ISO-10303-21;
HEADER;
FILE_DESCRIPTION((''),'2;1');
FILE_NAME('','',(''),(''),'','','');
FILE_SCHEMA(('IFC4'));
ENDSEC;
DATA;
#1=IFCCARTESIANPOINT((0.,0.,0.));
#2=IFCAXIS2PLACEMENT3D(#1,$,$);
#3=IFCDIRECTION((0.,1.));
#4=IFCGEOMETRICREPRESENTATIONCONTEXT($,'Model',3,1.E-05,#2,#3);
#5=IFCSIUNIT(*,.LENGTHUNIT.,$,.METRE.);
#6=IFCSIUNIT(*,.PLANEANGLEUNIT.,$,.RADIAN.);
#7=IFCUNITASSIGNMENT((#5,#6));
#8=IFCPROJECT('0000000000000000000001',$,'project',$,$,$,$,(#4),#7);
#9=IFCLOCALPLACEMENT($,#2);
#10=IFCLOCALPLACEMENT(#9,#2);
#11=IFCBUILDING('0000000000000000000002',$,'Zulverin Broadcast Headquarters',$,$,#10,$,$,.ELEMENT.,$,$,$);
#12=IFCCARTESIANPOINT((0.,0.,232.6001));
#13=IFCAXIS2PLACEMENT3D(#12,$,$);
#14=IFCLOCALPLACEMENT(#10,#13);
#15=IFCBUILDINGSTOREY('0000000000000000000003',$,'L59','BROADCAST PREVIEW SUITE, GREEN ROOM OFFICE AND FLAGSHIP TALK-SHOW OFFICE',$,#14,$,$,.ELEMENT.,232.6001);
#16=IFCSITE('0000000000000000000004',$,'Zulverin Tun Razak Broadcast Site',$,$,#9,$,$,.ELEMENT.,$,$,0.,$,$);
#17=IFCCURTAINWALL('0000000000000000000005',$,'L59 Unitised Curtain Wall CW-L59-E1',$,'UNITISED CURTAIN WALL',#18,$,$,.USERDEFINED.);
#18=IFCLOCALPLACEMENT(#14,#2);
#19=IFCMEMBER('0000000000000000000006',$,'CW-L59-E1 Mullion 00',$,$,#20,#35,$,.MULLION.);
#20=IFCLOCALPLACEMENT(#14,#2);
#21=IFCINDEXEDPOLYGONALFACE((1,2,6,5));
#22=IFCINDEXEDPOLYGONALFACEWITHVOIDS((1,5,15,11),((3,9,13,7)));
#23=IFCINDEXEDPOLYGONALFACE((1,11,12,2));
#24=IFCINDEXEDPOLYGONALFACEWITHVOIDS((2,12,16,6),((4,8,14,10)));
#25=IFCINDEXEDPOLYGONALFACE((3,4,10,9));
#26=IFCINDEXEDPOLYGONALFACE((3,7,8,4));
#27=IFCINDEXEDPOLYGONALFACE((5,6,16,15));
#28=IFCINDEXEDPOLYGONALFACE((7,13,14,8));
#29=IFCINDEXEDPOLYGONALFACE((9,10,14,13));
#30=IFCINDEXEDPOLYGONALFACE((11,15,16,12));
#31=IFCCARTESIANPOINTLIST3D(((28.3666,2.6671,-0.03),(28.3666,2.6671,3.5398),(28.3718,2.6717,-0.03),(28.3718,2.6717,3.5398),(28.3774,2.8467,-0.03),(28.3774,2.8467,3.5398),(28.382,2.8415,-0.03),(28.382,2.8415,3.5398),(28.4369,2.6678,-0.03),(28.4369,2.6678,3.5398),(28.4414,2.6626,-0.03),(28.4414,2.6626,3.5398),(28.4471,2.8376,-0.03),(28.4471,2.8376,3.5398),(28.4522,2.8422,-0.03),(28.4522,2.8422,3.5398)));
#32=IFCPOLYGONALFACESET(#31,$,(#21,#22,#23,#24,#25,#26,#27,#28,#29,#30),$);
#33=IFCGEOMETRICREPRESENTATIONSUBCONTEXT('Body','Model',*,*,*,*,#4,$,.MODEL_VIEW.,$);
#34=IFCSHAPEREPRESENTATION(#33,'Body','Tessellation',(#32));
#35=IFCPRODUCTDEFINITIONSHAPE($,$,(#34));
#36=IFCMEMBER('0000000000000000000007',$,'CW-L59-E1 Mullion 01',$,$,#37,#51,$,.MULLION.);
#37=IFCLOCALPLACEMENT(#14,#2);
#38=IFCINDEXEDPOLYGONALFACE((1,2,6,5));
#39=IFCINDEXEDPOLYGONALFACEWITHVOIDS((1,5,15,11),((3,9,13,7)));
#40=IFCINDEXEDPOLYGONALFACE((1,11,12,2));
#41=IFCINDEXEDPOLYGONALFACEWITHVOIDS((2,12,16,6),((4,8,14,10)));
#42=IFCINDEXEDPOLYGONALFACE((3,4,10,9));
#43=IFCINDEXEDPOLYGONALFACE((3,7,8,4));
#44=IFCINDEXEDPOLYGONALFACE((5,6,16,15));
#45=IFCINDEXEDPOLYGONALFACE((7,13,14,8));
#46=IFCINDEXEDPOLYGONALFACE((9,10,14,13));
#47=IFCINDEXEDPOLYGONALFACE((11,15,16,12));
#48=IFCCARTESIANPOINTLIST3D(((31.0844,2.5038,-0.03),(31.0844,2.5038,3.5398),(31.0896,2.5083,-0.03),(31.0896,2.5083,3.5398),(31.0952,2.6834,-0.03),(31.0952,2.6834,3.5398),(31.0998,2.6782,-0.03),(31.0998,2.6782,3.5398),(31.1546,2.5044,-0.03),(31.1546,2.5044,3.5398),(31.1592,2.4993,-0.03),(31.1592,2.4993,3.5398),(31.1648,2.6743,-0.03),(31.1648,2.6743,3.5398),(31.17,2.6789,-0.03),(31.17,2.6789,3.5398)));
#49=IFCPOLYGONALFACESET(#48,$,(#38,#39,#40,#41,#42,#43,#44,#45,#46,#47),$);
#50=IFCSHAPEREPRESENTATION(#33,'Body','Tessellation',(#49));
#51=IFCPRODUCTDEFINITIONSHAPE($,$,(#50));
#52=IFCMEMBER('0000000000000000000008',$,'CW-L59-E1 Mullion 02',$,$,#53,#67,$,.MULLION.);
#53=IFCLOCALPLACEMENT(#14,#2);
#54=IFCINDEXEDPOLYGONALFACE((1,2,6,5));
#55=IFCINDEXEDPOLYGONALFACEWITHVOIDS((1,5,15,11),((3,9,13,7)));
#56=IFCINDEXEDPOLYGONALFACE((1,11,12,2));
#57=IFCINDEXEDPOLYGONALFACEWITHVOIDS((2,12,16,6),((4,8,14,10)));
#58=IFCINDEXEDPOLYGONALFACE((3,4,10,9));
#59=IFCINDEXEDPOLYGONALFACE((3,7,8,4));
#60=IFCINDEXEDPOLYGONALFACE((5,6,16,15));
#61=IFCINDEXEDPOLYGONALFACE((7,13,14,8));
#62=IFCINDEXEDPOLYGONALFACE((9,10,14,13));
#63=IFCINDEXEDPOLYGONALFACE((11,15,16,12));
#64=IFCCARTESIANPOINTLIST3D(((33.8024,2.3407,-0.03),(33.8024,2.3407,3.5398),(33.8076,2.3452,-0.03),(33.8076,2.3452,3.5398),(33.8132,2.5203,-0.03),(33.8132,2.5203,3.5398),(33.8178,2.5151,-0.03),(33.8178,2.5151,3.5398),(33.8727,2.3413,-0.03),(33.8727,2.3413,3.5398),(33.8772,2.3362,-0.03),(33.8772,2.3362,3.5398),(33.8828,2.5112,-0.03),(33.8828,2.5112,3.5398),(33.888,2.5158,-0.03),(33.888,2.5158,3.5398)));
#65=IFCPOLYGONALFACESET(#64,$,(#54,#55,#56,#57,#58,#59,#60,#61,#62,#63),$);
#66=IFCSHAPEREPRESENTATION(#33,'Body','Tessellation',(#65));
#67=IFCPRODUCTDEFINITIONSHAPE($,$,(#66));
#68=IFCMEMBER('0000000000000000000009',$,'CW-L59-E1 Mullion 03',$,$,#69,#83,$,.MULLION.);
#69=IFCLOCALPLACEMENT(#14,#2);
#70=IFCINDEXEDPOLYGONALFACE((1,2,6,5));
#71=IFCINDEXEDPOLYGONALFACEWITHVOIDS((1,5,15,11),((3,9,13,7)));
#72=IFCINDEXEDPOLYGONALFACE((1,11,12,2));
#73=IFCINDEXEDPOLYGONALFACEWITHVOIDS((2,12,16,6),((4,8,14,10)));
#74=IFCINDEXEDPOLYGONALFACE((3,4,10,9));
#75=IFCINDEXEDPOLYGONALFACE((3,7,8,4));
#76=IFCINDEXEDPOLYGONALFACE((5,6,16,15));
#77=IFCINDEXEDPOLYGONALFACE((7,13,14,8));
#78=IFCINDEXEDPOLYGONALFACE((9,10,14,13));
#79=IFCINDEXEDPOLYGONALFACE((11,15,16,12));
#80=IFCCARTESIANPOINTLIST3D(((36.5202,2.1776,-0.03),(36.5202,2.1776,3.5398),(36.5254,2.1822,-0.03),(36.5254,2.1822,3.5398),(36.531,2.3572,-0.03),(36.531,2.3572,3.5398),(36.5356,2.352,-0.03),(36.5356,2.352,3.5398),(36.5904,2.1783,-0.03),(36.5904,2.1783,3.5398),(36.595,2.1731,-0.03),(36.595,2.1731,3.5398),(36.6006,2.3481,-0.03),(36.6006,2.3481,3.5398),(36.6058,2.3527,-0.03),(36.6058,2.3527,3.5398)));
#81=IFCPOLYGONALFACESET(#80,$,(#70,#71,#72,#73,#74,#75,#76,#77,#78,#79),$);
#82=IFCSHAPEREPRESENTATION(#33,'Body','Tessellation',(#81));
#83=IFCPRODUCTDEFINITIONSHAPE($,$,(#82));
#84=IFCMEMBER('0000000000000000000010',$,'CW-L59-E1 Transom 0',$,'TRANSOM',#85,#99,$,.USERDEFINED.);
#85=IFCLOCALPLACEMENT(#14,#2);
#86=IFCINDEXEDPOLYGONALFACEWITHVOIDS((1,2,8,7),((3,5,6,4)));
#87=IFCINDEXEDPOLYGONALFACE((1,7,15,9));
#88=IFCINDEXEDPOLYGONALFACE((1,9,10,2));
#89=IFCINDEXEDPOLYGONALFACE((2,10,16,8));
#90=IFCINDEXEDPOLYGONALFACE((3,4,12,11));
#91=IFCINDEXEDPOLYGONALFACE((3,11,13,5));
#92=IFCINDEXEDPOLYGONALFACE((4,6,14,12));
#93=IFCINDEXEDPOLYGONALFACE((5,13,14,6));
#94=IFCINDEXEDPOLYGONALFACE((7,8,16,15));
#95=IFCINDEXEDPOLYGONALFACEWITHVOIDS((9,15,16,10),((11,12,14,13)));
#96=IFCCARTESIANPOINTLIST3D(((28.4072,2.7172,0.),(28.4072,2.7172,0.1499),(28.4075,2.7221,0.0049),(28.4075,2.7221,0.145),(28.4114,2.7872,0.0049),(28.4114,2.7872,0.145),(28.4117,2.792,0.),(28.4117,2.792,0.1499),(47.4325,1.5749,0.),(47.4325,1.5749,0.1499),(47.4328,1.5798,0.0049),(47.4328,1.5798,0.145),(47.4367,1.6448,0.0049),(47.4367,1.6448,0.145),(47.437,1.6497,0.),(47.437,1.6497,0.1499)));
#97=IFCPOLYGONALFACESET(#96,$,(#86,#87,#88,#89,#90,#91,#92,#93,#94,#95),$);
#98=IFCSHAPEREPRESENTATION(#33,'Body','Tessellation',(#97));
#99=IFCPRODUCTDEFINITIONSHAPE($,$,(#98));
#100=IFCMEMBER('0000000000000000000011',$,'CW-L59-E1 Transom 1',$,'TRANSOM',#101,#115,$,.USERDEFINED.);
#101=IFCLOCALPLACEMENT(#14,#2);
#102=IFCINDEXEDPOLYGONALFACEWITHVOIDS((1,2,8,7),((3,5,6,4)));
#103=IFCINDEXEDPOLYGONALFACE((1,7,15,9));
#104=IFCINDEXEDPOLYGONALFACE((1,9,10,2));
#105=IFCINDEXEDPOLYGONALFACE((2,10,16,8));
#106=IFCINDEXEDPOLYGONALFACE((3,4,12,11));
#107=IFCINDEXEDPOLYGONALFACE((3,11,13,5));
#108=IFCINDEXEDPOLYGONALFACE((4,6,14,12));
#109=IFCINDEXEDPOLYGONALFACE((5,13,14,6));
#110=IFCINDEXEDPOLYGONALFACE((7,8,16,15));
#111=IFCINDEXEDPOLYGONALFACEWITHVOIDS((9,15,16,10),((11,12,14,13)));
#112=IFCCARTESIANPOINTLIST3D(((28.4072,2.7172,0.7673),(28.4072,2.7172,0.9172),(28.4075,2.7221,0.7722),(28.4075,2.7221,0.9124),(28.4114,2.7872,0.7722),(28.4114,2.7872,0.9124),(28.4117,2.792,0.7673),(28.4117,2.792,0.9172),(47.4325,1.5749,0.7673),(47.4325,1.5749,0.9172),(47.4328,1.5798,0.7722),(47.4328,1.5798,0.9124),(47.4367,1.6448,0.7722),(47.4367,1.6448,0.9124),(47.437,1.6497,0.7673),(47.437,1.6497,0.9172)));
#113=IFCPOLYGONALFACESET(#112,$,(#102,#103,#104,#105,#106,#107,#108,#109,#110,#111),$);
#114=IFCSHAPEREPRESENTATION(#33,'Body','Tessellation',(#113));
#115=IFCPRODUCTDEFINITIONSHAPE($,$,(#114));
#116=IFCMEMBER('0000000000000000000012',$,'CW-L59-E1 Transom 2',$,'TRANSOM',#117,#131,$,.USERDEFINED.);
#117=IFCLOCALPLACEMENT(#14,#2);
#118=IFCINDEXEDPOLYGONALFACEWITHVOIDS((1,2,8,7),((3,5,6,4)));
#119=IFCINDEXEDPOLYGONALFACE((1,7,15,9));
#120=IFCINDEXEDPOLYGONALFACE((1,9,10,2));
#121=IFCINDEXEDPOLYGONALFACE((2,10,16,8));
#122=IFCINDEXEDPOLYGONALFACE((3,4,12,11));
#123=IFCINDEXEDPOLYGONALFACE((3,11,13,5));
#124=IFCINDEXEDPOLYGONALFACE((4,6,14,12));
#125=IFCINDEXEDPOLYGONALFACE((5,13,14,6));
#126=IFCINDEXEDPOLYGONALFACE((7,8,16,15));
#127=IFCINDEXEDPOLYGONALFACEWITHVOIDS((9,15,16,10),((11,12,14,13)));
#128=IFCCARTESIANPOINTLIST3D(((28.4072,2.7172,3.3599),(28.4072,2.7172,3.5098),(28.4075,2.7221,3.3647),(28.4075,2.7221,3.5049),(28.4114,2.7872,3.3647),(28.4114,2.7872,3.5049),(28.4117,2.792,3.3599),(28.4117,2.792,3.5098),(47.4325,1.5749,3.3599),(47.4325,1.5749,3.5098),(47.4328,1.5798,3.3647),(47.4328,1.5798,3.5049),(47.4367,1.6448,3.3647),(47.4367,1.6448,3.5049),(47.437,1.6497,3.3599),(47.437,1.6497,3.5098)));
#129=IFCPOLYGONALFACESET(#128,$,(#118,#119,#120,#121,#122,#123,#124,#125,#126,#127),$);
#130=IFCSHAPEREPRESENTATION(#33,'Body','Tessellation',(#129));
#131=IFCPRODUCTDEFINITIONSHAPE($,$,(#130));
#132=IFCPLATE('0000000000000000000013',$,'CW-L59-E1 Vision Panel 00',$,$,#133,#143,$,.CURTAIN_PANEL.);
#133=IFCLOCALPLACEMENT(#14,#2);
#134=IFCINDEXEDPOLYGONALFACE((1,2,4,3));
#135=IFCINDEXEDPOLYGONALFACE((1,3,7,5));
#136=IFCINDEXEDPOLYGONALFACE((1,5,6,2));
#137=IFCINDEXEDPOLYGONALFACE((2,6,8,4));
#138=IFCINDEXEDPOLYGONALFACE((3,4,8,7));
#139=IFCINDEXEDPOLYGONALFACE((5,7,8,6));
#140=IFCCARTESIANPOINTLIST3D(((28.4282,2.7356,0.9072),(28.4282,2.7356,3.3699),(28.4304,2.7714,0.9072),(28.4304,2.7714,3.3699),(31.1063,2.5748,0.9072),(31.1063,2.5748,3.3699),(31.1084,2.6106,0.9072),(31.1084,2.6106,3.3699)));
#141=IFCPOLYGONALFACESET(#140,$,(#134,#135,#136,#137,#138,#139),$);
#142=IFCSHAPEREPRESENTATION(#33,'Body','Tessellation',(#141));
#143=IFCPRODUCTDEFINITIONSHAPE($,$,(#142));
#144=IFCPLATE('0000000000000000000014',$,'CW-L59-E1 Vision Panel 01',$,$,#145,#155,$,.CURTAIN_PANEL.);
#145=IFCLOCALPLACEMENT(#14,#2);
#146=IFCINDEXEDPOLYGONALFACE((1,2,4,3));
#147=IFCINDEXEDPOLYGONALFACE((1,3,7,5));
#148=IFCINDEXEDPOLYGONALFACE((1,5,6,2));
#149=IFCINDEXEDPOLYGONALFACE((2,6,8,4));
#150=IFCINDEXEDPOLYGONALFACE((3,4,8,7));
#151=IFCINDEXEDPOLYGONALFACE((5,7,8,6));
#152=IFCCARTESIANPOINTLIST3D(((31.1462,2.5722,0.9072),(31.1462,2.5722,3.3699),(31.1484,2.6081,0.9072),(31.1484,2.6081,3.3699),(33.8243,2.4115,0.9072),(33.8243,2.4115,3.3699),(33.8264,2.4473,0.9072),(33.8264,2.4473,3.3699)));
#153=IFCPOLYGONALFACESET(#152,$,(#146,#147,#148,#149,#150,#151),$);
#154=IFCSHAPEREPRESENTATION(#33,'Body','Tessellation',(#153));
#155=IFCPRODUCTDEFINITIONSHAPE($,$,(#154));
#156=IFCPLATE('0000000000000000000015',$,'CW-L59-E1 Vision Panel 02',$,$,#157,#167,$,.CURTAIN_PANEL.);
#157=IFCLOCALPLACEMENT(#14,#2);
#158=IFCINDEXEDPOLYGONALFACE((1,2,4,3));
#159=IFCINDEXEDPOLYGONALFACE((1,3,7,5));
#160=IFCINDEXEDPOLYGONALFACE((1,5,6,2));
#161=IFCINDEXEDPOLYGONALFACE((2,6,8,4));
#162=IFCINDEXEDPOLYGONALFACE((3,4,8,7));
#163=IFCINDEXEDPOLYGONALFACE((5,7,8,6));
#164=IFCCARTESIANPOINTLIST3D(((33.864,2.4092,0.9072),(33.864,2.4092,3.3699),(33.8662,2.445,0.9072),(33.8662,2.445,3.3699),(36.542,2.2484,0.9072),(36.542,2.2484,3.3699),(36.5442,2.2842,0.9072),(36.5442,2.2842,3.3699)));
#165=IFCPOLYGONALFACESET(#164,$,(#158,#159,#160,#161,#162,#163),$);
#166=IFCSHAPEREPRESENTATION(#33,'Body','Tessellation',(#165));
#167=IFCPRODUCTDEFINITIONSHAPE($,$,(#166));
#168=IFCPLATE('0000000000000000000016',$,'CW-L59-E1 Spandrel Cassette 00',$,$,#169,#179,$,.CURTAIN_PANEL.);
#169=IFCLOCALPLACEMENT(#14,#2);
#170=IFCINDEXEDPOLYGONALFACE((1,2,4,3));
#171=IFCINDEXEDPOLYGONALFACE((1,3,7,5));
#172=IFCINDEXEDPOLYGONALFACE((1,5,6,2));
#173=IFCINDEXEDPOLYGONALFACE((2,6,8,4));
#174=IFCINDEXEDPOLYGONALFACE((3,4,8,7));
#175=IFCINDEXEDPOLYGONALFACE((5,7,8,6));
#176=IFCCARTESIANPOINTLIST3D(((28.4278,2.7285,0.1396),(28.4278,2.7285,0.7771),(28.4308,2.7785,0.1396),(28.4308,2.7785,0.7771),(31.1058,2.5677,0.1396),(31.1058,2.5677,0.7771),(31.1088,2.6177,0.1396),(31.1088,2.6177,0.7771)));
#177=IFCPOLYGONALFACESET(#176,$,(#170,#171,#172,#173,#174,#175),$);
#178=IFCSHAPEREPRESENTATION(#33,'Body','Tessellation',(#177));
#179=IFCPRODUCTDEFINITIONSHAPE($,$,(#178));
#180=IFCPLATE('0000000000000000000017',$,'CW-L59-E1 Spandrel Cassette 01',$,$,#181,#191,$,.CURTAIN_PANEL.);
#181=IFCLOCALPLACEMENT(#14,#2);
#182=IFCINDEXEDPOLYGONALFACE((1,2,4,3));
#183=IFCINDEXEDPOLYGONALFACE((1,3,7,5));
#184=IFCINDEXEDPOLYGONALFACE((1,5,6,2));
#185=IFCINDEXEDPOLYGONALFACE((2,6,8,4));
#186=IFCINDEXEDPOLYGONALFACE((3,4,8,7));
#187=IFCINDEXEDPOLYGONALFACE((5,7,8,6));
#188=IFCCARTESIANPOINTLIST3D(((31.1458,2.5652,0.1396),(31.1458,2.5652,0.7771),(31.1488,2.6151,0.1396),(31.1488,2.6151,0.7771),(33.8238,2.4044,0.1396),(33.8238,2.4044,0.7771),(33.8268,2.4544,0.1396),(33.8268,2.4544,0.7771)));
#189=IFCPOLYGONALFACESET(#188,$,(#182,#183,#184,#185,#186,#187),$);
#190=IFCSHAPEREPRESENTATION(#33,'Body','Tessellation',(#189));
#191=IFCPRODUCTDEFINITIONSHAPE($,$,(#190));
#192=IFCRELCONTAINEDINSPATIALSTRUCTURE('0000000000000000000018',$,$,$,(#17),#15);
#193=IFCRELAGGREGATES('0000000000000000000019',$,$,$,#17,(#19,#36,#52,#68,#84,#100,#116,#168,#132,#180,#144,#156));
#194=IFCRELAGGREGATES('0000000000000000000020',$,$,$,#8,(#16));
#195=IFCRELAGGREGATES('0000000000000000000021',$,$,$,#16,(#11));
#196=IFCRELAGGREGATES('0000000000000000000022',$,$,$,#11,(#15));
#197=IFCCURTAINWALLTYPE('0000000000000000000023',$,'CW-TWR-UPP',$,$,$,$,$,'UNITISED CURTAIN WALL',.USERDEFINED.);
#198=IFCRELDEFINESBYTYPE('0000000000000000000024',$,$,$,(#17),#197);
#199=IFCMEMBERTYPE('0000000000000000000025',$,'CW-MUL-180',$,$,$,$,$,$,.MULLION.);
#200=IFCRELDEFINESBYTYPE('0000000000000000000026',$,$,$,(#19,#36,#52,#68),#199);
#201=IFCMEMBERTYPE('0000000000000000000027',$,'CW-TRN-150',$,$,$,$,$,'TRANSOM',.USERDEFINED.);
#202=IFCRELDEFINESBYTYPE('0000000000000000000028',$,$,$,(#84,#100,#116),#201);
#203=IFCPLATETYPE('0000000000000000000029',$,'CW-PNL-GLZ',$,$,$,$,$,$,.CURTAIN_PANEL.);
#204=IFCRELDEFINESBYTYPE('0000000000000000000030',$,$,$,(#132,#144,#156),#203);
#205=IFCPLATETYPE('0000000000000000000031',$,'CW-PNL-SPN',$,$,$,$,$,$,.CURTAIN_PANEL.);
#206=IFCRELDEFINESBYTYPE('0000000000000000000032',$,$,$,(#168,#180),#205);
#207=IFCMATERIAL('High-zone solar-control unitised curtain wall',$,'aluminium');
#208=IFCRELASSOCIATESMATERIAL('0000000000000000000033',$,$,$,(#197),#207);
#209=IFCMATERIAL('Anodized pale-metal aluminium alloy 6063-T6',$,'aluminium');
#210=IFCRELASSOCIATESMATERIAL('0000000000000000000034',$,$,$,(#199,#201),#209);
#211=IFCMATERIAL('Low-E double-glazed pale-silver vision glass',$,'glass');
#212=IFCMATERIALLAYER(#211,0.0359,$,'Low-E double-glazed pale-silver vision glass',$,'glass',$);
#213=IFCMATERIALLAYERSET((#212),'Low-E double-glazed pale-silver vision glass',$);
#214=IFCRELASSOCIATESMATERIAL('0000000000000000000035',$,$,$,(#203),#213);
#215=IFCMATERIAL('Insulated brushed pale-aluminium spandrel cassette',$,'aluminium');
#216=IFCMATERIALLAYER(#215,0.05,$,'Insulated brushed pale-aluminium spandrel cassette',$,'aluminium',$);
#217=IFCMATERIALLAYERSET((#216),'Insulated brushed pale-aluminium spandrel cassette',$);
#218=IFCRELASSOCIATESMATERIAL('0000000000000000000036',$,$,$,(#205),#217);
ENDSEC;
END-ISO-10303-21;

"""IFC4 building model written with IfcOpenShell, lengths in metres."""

from ifc_helpers import new_model, si_unit, direction, frame, origin, origin_2d, place, context, subcontext, project, spatial, rectangle, hollow_rectangle, extrude, material, layer, layer_set, material_profile, profile_set, type_object, element, aggregate, save


model = new_model("IFC4")

# Units and contexts
model_context = context("Model", 3, precision=1e-05, world=origin(), true_north=direction((0.0, 1.0)))
body_context = subcontext(model_context, "Body", "Model", "MODEL_VIEW")
ifc_project = project(units=[si_unit("LENGTHUNIT", "METRE"), si_unit("PLANEANGLEUNIT", "RADIAN")], contexts=[model_context])

# Site, building, storey
site_placement = place(None, origin())
site = spatial("IfcSite", under=ifc_project, at=site_placement, Name="Zulverin Tun Razak Broadcast Site", CompositionType="ELEMENT", RefElevation=0.0)
building_placement = place(site_placement, origin())
building = spatial("IfcBuilding", under=site, at=building_placement, Name="Zulverin Broadcast Headquarters", CompositionType="ELEMENT")
storey_placement = place(building_placement, frame((0.0, 0.0, 232.6001)))
storey = spatial("IfcBuildingStorey", under=building, at=storey_placement, Name="L59", Description="BROADCAST PREVIEW SUITE, GREEN ROOM OFFICE AND FLAGSHIP TALK-SHOW OFFICE", CompositionType="ELEMENT", Elevation=232.6001)

# Curtain wall, members, plates
ifc_material_1 = material(Name="High-zone solar-control unitised curtain wall", Category="aluminium")
curtain_wall_type = type_object("IfcCurtainWallType", Name="CW-TWR-UPP", ElementType="UNITISED CURTAIN WALL", PredefinedType="USERDEFINED", material=ifc_material_1)
curtain_wall_placement = place(storey_placement, origin())
curtain_wall = element("IfcCurtainWall", 1, at=curtain_wall_placement, inside=storey, type_object=curtain_wall_type, Name="L59 Unitised Curtain Wall CW-L59-E1", ObjectType="UNITISED CURTAIN WALL", PredefinedType="USERDEFINED")
ifc_material_2 = material(Name="Anodized pale-metal aluminium alloy 6063-T6", Category="aluminium")
ifc_material_profile_1 = material_profile(ifc_material_2, hollow_rectangle(XDim=0.075, YDim=0.1799, WallThickness=0.0049, at=origin_2d()), Name="Anodized pale-metal aluminium alloy 6063-T6", Category="aluminium")
ifc_profile_set_1 = profile_set([ifc_material_profile_1], Name="Anodized pale-metal aluminium alloy 6063-T6")
member_type_1 = type_object("IfcMemberType", Name="CW-MUL-180", PredefinedType="MULLION", material=ifc_profile_set_1)
member_1_placement = place(storey_placement, frame((28.4094, 2.7546, -0.03), z_axis=(0.0, 0.0, 1.0), x_axis=(0.998203, -0.059928, 0.0)))
member_1 = element("IfcMember", 2, at=member_1_placement, type_object=member_type_1, Name="CW-L59-E1 Mullion 00", PredefinedType="MULLION", context=body_context, shape_type="SweptSolid", body=[
    extrude(hollow_rectangle(XDim=0.075, YDim=0.1799, WallThickness=0.0049, at=origin_2d()), origin(), (0.0, 0.0, 1.0), 3.5698),
])
member_2_placement = place(storey_placement, frame((31.1272, 2.5913, -0.03), z_axis=(0.0, 0.0, 1.0), x_axis=(0.998203, -0.059928, 0.0)))
member_2 = element("IfcMember", 3, at=member_2_placement, type_object=member_type_1, Name="CW-L59-E1 Mullion 01", PredefinedType="MULLION", context=body_context, shape_type="SweptSolid", body=[
    extrude(hollow_rectangle(XDim=0.075, YDim=0.1799, WallThickness=0.0049, at=origin_2d()), origin(), (0.0, 0.0, 1.0), 3.5698),
])
member_3_placement = place(storey_placement, frame((33.8452, 2.4282, -0.03), z_axis=(0.0, 0.0, 1.0), x_axis=(0.998203, -0.059928, 0.0)))
member_3 = element("IfcMember", 4, at=member_3_placement, type_object=member_type_1, Name="CW-L59-E1 Mullion 02", PredefinedType="MULLION", context=body_context, shape_type="SweptSolid", body=[
    extrude(hollow_rectangle(XDim=0.075, YDim=0.1799, WallThickness=0.0049, at=origin_2d()), origin(), (0.0, 0.0, 1.0), 3.5698),
])
member_4_placement = place(storey_placement, frame((36.563, 2.2651, -0.03), z_axis=(0.0, 0.0, 1.0), x_axis=(0.998203, -0.059928, 0.0)))
member_4 = element("IfcMember", 5, at=member_4_placement, type_object=member_type_1, Name="CW-L59-E1 Mullion 03", PredefinedType="MULLION", context=body_context, shape_type="SweptSolid", body=[
    extrude(hollow_rectangle(XDim=0.075, YDim=0.1799, WallThickness=0.0049, at=origin_2d()), origin(), (0.0, 0.0, 1.0), 3.5698),
])
ifc_material_profile_2 = material_profile(ifc_material_2, hollow_rectangle(XDim=0.075, YDim=0.1499, WallThickness=0.0049, at=origin_2d()), Name="Anodized pale-metal aluminium alloy 6063-T6", Category="aluminium")
ifc_profile_set_2 = profile_set([ifc_material_profile_2], Name="Anodized pale-metal aluminium alloy 6063-T6")
member_type_2 = type_object("IfcMemberType", Name="CW-TRN-150", ElementType="TRANSOM", PredefinedType="USERDEFINED", material=ifc_profile_set_2)
member_5_placement = place(storey_placement, frame((28.4094, 2.7546, 0.075), z_axis=(0.998202, -0.059935, 0.0), x_axis=(0.059935, 0.998202, 0.0)))
member_5 = element("IfcMember", 6, at=member_5_placement, type_object=member_type_2, Name="CW-L59-E1 Transom 0", ObjectType="TRANSOM", PredefinedType="USERDEFINED", context=body_context, shape_type="SweptSolid", body=[
    extrude(hollow_rectangle(XDim=0.075, YDim=0.1499, WallThickness=0.0049, at=origin_2d()), origin(), (0.0, 0.0, 1.0), 19.0596),
])
member_6_placement = place(storey_placement, frame((28.4094, 2.7546, 0.8423), z_axis=(0.998202, -0.059935, 0.0), x_axis=(0.059935, 0.998202, 0.0)))
member_6 = element("IfcMember", 7, at=member_6_placement, type_object=member_type_2, Name="CW-L59-E1 Transom 1", ObjectType="TRANSOM", PredefinedType="USERDEFINED", context=body_context, shape_type="SweptSolid", body=[
    extrude(hollow_rectangle(XDim=0.075, YDim=0.1499, WallThickness=0.0049, at=origin_2d()), origin(), (0.0, 0.0, 1.0), 19.0596),
])
member_7_placement = place(storey_placement, frame((28.4094, 2.7546, 3.4348), z_axis=(0.998202, -0.059935, 0.0), x_axis=(0.059935, 0.998202, 0.0)))
member_7 = element("IfcMember", 8, at=member_7_placement, type_object=member_type_2, Name="CW-L59-E1 Transom 2", ObjectType="TRANSOM", PredefinedType="USERDEFINED", context=body_context, shape_type="SweptSolid", body=[
    extrude(hollow_rectangle(XDim=0.075, YDim=0.1499, WallThickness=0.0049, at=origin_2d()), origin(), (0.0, 0.0, 1.0), 19.0596),
])
ifc_material_3 = material(Name="Low-E double-glazed pale-silver vision glass", Category="glass")
ifc_layer_1 = layer(ifc_material_3, 0.0359, Name="Low-E double-glazed pale-silver vision glass", Category="glass")
ifc_layer_set_1 = layer_set([ifc_layer_1], Name="Low-E double-glazed pale-silver vision glass")
plate_type_1 = type_object("IfcPlateType", Name="CW-PNL-GLZ", PredefinedType="CURTAIN_PANEL", material=ifc_layer_set_1)
plate_1_placement = place(storey_placement, frame((29.7683, 2.6731, 0.9072), z_axis=(0.0, 0.0, 1.0), x_axis=(0.998203, -0.059928, 0.0)))
plate_1 = element("IfcPlate", 9, at=plate_1_placement, type_object=plate_type_1, Name="CW-L59-E1 Vision Panel 00", PredefinedType="CURTAIN_PANEL", context=body_context, shape_type="SweptSolid", body=[
    extrude(rectangle(XDim=2.6829, YDim=0.0359, at=origin_2d()), origin(), (0.0, 0.0, 1.0), 2.4626),
])
plate_2_placement = place(storey_placement, frame((32.4863, 2.5098, 0.9072), z_axis=(0.0, 0.0, 1.0), x_axis=(0.998203, -0.059928, 0.0)))
plate_2 = element("IfcPlate", 10, at=plate_2_placement, type_object=plate_type_1, Name="CW-L59-E1 Vision Panel 01", PredefinedType="CURTAIN_PANEL", context=body_context, shape_type="SweptSolid", body=[
    extrude(rectangle(XDim=2.6829, YDim=0.0359, at=origin_2d()), origin(), (0.0, 0.0, 1.0), 2.4626),
])
plate_3_placement = place(storey_placement, frame((35.2041, 2.3467, 0.9072), z_axis=(0.0, 0.0, 1.0), x_axis=(0.998203, -0.059928, 0.0)))
plate_3 = element("IfcPlate", 11, at=plate_3_placement, type_object=plate_type_1, Name="CW-L59-E1 Vision Panel 02", PredefinedType="CURTAIN_PANEL", context=body_context, shape_type="SweptSolid", body=[
    extrude(rectangle(XDim=2.6829, YDim=0.0359, at=origin_2d()), origin(), (0.0, 0.0, 1.0), 2.4626),
])
ifc_material_4 = material(Name="Insulated brushed pale-aluminium spandrel cassette", Category="aluminium")
ifc_layer_2 = layer(ifc_material_4, 0.05, Name="Insulated brushed pale-aluminium spandrel cassette", Category="aluminium")
ifc_layer_set_2 = layer_set([ifc_layer_2], Name="Insulated brushed pale-aluminium spandrel cassette")
plate_type_2 = type_object("IfcPlateType", Name="CW-PNL-SPN", PredefinedType="CURTAIN_PANEL", material=ifc_layer_set_2)
plate_4_placement = place(storey_placement, frame((29.7683, 2.6731, 0.1396), z_axis=(0.0, 0.0, 1.0), x_axis=(0.998203, -0.059928, 0.0)))
plate_4 = element("IfcPlate", 12, at=plate_4_placement, type_object=plate_type_2, Name="CW-L59-E1 Spandrel Cassette 00", PredefinedType="CURTAIN_PANEL", context=body_context, shape_type="SweptSolid", body=[
    extrude(rectangle(XDim=2.6829, YDim=0.05, at=origin_2d()), origin(), (0.0, 0.0, 1.0), 0.6375),
])
plate_5_placement = place(storey_placement, frame((32.4863, 2.5098, 0.1396), z_axis=(0.0, 0.0, 1.0), x_axis=(0.998203, -0.059928, 0.0)))
plate_5 = element("IfcPlate", 13, at=plate_5_placement, type_object=plate_type_2, Name="CW-L59-E1 Spandrel Cassette 01", PredefinedType="CURTAIN_PANEL", context=body_context, shape_type="SweptSolid", body=[
    extrude(rectangle(XDim=2.6829, YDim=0.05, at=origin_2d()), origin(), (0.0, 0.0, 1.0), 0.6375),
])
aggregate(curtain_wall, [member_1, member_2, member_3, member_4, member_5, member_6, member_7, plate_4, plate_1, plate_5, plate_2, plate_3])

save(model, "model.ifc")
